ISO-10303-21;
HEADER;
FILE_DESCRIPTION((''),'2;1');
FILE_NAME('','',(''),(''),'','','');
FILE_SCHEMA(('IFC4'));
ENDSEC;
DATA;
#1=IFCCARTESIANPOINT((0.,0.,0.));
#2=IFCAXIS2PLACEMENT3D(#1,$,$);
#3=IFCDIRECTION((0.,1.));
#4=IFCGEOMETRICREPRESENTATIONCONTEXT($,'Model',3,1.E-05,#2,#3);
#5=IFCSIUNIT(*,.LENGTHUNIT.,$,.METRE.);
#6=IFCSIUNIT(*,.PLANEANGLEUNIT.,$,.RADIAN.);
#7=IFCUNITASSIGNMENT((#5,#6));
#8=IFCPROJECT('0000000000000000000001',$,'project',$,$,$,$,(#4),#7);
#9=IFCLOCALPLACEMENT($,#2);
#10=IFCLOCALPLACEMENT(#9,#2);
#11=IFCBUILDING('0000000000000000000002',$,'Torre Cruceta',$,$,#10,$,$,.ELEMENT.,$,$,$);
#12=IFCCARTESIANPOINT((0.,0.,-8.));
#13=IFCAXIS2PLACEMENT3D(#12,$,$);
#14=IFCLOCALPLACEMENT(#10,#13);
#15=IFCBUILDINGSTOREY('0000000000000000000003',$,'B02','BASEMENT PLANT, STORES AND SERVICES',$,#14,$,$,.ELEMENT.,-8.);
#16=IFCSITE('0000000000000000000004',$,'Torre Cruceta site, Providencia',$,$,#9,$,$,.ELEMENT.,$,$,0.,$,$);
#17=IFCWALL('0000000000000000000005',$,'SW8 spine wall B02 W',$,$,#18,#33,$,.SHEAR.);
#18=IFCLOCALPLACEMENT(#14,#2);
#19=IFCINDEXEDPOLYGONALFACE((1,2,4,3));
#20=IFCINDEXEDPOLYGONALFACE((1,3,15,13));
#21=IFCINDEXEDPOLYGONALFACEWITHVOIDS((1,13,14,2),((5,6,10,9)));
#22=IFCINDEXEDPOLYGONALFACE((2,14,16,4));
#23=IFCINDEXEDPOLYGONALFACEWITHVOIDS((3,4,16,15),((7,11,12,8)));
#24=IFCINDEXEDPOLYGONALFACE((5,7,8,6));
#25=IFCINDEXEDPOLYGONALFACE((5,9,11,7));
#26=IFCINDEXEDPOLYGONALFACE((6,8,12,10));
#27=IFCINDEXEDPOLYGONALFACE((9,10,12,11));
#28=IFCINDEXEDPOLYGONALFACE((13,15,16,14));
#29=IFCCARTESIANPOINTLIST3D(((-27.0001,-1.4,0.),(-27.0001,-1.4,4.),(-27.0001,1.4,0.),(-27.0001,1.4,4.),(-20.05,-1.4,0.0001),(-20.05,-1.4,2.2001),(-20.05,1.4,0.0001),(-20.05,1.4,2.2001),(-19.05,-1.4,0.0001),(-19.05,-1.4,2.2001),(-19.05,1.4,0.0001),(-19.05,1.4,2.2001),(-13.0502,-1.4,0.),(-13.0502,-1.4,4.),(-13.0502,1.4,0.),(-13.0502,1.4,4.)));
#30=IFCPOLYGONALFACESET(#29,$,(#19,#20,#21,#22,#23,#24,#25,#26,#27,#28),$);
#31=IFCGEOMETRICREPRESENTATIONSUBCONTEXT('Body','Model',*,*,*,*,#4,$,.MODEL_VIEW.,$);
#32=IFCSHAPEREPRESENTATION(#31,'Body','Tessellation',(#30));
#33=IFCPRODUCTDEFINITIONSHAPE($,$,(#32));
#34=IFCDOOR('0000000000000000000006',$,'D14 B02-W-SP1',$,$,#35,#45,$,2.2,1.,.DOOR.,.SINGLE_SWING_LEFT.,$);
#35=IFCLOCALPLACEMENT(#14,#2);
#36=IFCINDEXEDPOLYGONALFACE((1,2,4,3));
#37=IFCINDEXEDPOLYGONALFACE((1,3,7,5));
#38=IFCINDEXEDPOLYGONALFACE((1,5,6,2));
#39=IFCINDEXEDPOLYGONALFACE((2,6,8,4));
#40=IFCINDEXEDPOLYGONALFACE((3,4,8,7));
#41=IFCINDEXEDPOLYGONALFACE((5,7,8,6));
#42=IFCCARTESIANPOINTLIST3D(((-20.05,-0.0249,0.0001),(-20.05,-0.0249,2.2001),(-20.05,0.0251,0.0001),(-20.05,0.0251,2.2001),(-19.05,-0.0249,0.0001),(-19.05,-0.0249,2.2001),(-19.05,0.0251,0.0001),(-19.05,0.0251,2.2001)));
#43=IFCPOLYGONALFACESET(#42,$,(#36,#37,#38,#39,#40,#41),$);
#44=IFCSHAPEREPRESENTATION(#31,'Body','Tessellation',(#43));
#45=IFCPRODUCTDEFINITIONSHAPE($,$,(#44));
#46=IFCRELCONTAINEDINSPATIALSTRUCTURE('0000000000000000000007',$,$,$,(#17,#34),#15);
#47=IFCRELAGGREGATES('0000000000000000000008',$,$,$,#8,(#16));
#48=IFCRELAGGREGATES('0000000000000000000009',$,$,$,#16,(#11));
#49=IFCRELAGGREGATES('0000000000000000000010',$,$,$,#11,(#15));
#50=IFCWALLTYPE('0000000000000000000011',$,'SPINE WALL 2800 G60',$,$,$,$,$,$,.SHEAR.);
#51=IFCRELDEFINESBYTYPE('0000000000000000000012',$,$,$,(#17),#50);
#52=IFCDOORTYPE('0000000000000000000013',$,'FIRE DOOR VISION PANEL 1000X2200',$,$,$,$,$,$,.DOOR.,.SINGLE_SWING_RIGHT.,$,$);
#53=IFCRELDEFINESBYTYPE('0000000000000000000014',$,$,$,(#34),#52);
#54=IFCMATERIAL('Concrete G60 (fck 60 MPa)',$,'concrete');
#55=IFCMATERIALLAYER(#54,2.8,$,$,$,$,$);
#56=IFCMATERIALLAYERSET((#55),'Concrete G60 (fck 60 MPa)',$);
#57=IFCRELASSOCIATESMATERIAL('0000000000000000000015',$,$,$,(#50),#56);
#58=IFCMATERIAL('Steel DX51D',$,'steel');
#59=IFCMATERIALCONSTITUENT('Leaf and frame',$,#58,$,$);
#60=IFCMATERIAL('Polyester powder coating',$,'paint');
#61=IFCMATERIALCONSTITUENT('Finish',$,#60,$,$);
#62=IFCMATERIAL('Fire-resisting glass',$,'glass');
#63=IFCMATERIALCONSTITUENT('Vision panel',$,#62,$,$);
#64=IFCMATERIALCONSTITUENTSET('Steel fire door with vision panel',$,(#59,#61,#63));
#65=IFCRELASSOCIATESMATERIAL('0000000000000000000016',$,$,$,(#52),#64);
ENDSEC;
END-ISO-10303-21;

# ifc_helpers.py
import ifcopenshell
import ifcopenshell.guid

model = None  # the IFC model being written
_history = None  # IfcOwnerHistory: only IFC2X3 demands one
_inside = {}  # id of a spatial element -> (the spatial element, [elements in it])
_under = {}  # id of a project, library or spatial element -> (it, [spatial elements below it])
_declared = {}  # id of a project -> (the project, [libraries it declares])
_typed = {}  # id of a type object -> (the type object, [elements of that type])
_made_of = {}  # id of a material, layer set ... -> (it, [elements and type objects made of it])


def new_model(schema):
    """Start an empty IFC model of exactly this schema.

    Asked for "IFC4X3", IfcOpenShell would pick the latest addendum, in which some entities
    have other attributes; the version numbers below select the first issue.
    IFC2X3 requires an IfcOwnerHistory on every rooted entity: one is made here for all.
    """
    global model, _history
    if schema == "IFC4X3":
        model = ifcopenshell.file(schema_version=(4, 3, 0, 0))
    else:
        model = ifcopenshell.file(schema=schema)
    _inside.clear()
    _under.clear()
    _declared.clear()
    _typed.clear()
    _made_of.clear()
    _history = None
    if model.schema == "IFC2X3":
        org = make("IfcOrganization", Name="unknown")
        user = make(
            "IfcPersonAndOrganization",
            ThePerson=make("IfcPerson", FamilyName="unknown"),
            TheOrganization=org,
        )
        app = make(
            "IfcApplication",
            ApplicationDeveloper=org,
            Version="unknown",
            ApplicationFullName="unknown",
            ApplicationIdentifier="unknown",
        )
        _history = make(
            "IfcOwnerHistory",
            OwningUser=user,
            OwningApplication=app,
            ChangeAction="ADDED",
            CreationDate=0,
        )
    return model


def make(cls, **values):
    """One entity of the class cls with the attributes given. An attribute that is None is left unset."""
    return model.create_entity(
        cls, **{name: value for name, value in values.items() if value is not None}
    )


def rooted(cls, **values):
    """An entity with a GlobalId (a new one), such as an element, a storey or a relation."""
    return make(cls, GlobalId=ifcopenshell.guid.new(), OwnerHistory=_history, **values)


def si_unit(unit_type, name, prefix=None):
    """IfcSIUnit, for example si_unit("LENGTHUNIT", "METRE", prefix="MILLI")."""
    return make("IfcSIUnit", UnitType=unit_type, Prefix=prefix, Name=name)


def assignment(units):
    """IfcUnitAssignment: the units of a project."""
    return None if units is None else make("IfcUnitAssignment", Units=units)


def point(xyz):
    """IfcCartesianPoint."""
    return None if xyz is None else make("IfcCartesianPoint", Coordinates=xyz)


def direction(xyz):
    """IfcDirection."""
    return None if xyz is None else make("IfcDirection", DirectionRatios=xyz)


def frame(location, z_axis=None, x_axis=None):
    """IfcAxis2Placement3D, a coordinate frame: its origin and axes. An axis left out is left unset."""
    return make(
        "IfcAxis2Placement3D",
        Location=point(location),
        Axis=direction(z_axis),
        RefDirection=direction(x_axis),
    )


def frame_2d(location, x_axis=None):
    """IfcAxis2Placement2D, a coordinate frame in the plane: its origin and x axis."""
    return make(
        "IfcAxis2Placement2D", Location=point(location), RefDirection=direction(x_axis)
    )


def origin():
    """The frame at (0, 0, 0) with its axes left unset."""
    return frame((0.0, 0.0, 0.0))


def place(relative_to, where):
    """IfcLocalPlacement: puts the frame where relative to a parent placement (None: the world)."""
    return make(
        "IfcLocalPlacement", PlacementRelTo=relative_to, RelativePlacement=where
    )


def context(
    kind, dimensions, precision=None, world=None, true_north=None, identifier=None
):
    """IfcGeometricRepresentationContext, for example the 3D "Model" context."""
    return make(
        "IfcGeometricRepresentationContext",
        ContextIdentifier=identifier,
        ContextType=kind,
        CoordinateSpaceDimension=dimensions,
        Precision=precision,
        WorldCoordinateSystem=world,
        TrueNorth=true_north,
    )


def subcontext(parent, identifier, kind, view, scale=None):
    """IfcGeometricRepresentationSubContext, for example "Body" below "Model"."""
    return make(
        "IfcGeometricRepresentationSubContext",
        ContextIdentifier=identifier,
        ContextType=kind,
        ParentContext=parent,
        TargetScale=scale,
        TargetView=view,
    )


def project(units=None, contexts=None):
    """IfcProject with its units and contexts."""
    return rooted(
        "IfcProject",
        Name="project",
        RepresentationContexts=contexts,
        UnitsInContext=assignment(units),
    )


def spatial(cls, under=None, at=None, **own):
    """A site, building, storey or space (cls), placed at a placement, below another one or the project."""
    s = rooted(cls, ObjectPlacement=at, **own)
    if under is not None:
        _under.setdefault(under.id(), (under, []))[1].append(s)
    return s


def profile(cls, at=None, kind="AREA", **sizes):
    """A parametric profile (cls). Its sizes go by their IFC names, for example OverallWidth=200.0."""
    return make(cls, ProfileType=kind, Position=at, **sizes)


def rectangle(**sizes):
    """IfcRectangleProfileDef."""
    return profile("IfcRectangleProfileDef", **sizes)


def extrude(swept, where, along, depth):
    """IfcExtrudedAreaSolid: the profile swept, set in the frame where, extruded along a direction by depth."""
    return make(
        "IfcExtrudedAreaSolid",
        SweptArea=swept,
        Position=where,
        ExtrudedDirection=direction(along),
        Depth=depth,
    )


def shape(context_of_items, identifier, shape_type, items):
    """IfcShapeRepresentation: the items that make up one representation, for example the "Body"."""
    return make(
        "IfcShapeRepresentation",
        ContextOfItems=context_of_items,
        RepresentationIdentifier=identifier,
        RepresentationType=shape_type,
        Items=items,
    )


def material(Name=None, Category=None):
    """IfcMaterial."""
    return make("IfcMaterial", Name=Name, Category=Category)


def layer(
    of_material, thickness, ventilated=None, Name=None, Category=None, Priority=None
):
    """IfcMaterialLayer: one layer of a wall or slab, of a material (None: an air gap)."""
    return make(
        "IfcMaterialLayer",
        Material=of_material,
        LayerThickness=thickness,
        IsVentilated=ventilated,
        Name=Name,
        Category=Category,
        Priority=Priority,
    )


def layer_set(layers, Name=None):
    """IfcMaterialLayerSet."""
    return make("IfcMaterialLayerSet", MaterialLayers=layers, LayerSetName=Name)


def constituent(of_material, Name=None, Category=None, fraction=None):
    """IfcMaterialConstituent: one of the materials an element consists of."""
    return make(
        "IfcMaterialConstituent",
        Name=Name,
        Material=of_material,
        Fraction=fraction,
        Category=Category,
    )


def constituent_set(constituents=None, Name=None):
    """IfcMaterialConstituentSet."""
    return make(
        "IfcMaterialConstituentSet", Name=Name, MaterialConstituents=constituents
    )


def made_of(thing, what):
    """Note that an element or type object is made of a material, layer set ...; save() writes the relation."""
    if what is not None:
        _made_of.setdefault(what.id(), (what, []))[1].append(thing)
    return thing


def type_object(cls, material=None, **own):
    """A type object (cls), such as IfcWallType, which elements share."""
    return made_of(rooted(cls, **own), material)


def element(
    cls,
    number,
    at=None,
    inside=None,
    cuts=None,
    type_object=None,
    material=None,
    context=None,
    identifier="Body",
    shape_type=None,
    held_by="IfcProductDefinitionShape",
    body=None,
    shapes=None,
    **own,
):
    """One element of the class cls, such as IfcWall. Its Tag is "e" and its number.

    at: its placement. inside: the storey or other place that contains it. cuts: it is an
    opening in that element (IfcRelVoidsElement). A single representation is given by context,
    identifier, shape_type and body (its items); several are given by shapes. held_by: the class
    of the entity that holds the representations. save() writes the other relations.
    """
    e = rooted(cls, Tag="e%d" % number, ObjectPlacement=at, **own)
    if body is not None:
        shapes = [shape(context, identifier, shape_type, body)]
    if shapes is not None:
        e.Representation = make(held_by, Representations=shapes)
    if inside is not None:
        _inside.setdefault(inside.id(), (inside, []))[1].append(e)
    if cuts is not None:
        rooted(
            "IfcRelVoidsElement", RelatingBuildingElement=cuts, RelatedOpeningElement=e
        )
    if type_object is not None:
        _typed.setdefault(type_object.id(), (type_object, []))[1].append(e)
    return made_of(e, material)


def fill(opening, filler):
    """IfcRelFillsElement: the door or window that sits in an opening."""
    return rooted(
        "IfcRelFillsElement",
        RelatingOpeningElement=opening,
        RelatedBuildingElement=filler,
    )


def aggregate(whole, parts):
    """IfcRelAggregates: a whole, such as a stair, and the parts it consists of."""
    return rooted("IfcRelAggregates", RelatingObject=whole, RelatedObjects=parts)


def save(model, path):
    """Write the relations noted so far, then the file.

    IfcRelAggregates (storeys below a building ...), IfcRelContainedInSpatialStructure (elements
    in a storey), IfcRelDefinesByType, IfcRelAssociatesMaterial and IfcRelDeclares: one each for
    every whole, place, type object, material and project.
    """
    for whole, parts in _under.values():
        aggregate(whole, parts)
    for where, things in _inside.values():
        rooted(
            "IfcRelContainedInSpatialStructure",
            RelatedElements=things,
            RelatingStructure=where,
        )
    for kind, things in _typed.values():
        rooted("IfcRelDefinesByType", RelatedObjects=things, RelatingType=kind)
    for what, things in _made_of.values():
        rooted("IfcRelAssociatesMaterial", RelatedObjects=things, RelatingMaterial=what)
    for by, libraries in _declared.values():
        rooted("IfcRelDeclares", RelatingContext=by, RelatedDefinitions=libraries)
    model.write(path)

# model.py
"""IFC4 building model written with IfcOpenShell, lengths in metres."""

from ifc_helpers import new_model, si_unit, direction, frame, frame_2d, origin, place, context, subcontext, project, spatial, rectangle, extrude, material, layer, layer_set, constituent, constituent_set, type_object, element, fill, save


model = new_model("IFC4")

# Units and contexts
model_context = context("Model", 3, precision=1e-05, world=origin(), true_north=direction((0.0, 1.0)))
body_context = subcontext(model_context, "Body", "Model", "MODEL_VIEW")
ifc_project = project(units=[si_unit("LENGTHUNIT", "METRE"), si_unit("PLANEANGLEUNIT", "RADIAN")], contexts=[model_context])

# Site, building, storey
site_placement = place(None, origin())
site = spatial("IfcSite", under=ifc_project, at=site_placement, Name="Torre Cruceta site, Providencia", CompositionType="ELEMENT", RefElevation=0.0)
building_placement = place(site_placement, origin())
building = spatial("IfcBuilding", under=site, at=building_placement, Name="Torre Cruceta", CompositionType="ELEMENT")
storey_placement = place(building_placement, frame((0.0, 0.0, -8.0)))
storey = spatial("IfcBuildingStorey", under=building, at=storey_placement, Name="B02", Description="BASEMENT PLANT, STORES AND SERVICES", CompositionType="ELEMENT", Elevation=-8.0)

# Wall, opening, door
ifc_material_1 = material(Name="Concrete G60 (fck 60 MPa)", Category="concrete")
ifc_layer_1 = layer(ifc_material_1, 2.8)
ifc_layer_set_1 = layer_set([ifc_layer_1], Name="Concrete G60 (fck 60 MPa)")
wall_type_1 = type_object("IfcWallType", Name="SPINE WALL 2800 G60", PredefinedType="SHEAR", material=ifc_layer_set_1)
wall_1_placement = place(storey_placement, frame((-13.05, 0.0, 0.0), z_axis=(0.0, 0.0, 1.0), x_axis=(-1.0, 0.0, 0.0)))
wall_1 = element("IfcWall", 1, at=wall_1_placement, inside=storey, type_object=wall_type_1, Name="SW8 spine wall B02 W", PredefinedType="SHEAR", context=body_context, shape_type="SweptSolid", body=[
    extrude(rectangle(XDim=13.95, YDim=2.8, at=frame_2d((6.9751, 0.0))), origin(), (0.0, 0.0, 1.0), 4.0),
])
opening_placement = place(wall_1_placement, frame((6.0, 0.0, 0.0)))
opening = element("IfcOpeningElement", 2, at=opening_placement, cuts=wall_1, PredefinedType="OPENING", context=body_context, shape_type="SweptSolid", body=[
    extrude(rectangle(XDim=1.0, YDim=2.2, at=frame_2d((0.5, 1.1001))), frame((0.0, 1.4099, 0.0), z_axis=(0.0, -1.0, 0.0), x_axis=(1.0, 0.0, 0.0)), (0.0, 0.0, 1.0), 2.8201),
])
ifc_material_2 = material(Name="Steel DX51D", Category="steel")
ifc_constituent_1 = constituent(ifc_material_2, Name="Leaf and frame")
ifc_material_3 = material(Name="Polyester powder coating", Category="paint")
ifc_constituent_2 = constituent(ifc_material_3, Name="Finish")
ifc_material_4 = material(Name="Fire-resisting glass", Category="glass")
ifc_constituent_3 = constituent(ifc_material_4, Name="Vision panel")
ifc_constituent_set = constituent_set(constituents=[ifc_constituent_1, ifc_constituent_2, ifc_constituent_3], Name="Steel fire door with vision panel")
door_type = type_object("IfcDoorType", Name="FIRE DOOR VISION PANEL 1000X2200", OperationType="SINGLE_SWING_RIGHT", PredefinedType="DOOR", material=ifc_constituent_set)
door_placement = place(opening_placement, frame((1.0, 0.0, 0.0), z_axis=(0.0, 0.0, 1.0), x_axis=(-1.0, 0.0, 0.0)))
door = element("IfcDoor", 3, at=door_placement, inside=storey, type_object=door_type, Name="D14 B02-W-SP1", OperationType="SINGLE_SWING_LEFT", OverallHeight=2.2, OverallWidth=1.0, PredefinedType="DOOR", context=body_context, shape_type="SweptSolid", body=[
    extrude(rectangle(XDim=1.0, YDim=2.2, at=frame_2d((0.5, 1.1001))), frame((0.0, 0.0251, 0.0), z_axis=(0.0, -1.0, 0.0), x_axis=(1.0, 0.0, 0.0)), (0.0, 0.0, 1.0), 0.05),
])
fill(opening, door)

save(model, "model.ifc")
